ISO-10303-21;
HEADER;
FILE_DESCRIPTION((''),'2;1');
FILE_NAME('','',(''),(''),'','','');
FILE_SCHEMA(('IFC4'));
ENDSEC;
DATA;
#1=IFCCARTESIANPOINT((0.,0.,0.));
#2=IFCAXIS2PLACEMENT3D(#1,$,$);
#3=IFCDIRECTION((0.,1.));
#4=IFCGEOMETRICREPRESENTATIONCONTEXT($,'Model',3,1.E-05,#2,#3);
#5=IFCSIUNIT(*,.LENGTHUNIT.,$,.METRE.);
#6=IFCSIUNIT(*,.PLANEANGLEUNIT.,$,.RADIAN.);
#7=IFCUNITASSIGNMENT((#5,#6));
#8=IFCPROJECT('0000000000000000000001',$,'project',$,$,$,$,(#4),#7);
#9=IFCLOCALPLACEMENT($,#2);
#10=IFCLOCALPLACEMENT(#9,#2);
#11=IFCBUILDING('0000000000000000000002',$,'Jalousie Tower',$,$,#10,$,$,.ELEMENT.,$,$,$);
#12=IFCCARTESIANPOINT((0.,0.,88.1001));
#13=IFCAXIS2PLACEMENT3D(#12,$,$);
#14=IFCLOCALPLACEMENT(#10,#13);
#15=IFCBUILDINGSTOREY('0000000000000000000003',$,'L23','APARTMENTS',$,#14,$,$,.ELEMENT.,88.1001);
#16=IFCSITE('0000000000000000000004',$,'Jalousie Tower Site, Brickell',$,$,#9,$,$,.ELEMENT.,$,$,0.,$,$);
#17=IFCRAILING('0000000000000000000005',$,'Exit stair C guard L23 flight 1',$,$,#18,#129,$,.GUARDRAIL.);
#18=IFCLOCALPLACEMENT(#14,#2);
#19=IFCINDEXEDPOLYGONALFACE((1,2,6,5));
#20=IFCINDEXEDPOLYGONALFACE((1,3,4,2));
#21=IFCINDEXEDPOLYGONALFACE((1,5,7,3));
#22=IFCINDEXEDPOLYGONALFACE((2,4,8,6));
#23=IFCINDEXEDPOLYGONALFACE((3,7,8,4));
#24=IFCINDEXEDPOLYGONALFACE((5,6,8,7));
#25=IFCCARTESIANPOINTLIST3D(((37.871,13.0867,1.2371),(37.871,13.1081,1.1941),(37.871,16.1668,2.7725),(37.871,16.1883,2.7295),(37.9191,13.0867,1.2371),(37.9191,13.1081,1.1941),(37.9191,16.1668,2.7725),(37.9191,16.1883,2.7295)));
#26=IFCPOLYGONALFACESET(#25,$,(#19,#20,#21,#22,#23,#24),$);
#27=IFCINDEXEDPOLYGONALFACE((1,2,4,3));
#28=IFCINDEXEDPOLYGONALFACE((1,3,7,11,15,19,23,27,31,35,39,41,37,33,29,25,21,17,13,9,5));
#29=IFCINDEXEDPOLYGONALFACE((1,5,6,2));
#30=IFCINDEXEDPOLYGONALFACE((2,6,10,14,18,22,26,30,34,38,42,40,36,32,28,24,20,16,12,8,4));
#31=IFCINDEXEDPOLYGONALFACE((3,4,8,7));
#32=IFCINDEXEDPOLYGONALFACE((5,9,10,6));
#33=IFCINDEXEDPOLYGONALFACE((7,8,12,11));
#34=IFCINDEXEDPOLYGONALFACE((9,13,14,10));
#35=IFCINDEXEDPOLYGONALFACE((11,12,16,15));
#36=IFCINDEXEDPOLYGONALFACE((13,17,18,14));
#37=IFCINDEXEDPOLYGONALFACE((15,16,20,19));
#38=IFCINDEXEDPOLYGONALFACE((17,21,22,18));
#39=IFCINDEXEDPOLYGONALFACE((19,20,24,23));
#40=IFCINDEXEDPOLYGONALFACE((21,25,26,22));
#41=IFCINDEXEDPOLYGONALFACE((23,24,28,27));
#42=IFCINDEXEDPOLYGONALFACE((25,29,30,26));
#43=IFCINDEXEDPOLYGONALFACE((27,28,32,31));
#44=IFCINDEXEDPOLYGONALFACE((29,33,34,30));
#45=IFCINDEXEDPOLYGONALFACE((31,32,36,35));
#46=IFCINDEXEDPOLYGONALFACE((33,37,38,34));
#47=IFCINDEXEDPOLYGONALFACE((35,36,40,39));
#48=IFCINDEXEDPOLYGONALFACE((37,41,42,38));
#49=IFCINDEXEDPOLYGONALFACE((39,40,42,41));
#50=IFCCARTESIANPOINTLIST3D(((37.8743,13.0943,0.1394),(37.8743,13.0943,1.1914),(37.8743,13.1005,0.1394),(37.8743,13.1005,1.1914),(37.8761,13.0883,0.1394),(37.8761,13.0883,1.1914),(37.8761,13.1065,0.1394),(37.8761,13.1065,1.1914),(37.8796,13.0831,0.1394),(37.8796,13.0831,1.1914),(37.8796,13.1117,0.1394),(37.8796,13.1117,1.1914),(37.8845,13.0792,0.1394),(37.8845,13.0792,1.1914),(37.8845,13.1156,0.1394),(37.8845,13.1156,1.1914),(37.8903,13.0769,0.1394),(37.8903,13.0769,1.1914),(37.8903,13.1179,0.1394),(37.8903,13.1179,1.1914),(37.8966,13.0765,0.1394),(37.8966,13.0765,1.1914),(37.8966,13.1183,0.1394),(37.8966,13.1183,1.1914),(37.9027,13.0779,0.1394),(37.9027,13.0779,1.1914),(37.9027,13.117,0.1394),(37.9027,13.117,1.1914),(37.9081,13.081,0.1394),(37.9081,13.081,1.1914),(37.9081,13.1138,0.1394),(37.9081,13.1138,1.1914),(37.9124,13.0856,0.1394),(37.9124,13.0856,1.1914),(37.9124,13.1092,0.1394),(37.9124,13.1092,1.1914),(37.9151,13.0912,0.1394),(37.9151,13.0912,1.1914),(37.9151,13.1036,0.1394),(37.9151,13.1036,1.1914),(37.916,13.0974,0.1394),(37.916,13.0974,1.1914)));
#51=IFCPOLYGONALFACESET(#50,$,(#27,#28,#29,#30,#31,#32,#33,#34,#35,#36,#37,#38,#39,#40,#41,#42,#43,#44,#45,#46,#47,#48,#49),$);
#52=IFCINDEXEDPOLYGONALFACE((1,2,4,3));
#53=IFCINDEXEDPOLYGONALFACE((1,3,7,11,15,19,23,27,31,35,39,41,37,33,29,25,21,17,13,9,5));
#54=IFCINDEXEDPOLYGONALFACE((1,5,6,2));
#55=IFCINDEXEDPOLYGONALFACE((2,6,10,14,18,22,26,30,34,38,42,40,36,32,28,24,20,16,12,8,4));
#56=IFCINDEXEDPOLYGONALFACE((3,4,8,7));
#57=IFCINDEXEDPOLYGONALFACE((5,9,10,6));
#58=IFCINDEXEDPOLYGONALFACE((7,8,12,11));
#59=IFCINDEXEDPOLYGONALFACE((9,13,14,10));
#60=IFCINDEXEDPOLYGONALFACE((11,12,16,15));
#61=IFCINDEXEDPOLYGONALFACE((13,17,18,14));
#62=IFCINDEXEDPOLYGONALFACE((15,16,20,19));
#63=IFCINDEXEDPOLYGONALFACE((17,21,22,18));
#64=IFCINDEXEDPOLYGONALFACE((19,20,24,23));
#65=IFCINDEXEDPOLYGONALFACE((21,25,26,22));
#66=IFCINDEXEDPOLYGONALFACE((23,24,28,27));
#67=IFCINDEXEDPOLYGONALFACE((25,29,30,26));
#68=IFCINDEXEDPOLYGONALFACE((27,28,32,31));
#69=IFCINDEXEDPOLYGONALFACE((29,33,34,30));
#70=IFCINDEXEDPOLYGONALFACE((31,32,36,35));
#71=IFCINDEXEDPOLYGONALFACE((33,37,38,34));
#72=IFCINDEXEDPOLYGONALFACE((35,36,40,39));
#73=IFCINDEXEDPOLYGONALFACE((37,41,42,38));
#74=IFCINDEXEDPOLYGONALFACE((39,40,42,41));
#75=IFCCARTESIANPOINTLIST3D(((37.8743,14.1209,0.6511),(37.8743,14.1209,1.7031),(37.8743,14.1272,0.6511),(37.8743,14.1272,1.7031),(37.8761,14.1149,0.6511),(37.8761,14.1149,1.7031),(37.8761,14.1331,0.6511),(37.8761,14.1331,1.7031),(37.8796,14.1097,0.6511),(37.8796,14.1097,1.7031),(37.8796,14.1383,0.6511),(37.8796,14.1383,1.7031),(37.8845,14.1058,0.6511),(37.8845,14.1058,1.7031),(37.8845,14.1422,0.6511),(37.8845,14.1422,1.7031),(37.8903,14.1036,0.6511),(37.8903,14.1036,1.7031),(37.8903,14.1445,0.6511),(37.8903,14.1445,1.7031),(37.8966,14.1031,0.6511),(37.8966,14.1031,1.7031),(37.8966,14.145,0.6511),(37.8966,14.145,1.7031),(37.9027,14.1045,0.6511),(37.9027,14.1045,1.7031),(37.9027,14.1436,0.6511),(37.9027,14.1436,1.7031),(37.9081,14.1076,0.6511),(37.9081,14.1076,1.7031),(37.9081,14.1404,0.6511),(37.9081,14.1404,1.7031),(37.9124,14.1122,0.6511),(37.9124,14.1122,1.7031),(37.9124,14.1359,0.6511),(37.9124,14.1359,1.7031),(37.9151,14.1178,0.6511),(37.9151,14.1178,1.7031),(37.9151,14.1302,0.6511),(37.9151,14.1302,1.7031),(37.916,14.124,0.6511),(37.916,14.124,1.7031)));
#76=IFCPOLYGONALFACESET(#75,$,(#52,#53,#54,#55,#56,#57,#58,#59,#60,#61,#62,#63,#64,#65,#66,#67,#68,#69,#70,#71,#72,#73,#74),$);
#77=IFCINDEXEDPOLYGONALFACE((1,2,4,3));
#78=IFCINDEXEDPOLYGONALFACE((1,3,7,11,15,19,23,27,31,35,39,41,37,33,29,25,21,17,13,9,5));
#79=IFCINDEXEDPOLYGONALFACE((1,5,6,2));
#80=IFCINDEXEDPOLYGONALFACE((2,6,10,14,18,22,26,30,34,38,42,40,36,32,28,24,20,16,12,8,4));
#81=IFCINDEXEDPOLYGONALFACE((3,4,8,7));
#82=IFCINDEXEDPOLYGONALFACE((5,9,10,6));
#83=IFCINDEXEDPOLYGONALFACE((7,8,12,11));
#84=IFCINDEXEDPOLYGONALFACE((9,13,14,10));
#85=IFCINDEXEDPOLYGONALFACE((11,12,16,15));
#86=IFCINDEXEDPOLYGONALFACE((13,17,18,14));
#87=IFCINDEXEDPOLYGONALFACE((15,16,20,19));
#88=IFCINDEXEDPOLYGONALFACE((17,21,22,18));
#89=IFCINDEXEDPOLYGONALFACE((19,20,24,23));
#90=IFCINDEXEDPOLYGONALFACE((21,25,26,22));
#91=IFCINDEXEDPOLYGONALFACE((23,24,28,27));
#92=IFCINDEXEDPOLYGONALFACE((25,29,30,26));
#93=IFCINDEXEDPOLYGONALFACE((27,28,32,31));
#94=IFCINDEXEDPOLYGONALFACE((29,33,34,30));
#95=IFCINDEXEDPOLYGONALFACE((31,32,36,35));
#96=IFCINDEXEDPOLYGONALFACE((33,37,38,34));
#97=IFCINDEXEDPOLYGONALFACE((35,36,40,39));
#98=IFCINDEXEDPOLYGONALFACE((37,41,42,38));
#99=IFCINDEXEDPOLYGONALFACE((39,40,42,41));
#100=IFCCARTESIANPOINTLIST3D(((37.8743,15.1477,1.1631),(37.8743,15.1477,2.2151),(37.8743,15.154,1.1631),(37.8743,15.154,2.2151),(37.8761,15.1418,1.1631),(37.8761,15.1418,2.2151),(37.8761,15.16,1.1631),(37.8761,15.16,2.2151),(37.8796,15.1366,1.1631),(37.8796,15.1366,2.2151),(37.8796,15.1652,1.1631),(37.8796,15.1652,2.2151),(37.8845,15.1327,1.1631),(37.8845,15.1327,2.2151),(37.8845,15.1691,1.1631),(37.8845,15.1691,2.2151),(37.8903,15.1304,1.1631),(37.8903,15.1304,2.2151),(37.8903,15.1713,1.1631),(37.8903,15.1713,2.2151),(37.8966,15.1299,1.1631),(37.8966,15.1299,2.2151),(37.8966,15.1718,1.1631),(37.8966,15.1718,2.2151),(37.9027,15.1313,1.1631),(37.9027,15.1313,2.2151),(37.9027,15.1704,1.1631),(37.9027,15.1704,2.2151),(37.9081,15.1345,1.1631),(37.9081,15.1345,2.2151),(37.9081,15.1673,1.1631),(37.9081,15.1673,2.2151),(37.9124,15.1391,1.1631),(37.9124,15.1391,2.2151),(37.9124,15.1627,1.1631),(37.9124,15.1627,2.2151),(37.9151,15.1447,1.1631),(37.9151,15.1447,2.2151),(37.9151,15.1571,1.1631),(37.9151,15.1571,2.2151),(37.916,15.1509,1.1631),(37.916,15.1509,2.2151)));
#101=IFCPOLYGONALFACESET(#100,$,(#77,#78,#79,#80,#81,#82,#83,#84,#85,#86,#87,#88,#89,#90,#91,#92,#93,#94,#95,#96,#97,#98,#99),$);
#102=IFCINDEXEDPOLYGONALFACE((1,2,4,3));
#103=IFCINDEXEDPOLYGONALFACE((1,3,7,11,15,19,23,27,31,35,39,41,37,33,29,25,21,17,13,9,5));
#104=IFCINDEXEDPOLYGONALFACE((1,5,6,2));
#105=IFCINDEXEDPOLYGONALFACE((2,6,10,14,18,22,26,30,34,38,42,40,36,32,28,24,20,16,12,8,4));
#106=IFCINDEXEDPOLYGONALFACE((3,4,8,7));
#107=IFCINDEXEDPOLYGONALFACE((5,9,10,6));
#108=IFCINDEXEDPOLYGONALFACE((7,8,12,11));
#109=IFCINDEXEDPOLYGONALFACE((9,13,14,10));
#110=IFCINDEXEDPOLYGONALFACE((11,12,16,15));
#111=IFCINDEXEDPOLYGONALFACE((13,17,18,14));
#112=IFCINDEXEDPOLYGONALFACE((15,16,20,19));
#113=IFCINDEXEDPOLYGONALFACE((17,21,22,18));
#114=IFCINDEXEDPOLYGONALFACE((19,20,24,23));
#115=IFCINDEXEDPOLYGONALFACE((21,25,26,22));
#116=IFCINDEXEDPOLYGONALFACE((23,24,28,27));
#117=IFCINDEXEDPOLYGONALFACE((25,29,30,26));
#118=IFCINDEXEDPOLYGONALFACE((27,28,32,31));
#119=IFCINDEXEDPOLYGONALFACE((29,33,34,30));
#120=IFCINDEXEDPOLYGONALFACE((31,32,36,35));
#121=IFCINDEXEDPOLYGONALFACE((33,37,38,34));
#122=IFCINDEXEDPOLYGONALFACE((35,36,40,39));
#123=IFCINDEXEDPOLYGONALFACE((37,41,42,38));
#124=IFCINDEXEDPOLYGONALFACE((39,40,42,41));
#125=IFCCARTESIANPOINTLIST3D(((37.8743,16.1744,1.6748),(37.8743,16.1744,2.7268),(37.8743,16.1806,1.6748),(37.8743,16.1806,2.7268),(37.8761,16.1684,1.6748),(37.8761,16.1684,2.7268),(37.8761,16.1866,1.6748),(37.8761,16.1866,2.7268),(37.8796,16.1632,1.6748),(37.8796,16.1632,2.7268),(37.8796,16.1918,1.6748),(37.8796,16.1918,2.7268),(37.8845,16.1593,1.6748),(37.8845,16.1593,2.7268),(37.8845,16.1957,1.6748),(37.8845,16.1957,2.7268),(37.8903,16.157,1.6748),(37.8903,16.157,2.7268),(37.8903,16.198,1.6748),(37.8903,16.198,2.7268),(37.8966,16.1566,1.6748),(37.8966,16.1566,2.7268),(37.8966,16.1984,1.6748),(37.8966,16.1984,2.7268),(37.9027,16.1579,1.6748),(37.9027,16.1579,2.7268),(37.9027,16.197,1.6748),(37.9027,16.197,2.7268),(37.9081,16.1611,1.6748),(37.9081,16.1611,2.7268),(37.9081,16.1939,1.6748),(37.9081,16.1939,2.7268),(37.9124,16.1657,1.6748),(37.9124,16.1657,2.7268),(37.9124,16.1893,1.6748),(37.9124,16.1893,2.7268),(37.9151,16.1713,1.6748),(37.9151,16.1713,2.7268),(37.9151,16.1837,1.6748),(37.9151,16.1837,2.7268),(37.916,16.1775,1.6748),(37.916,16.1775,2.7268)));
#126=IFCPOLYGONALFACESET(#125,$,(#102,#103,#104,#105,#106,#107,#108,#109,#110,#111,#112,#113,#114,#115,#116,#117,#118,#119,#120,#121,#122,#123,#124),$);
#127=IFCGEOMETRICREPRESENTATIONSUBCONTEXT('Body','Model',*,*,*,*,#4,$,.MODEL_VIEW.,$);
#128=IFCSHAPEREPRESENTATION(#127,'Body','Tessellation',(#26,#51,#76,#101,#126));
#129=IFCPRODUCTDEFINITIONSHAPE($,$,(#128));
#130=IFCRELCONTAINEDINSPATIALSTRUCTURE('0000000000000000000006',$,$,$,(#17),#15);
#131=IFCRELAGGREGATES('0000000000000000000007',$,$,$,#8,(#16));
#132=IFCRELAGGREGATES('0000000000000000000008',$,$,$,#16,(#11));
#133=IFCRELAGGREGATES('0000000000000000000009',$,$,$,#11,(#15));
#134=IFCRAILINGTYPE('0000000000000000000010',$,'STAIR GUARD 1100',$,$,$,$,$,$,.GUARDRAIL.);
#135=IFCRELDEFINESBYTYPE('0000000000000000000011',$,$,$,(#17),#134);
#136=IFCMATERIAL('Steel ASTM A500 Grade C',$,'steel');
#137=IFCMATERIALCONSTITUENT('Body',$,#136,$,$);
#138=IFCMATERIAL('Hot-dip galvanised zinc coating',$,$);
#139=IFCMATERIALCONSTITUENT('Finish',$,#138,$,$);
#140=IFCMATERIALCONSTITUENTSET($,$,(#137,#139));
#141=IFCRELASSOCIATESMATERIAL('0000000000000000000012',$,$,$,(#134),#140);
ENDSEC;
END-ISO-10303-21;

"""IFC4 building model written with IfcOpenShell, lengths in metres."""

from ifc_helpers import new_model, si_unit, direction, frame, origin, origin_2d, place, context, subcontext, project, spatial, rectangle, circle, extrude, material, constituent, constituent_set, type_object, element, save


model = new_model("IFC4")

# Units and contexts
model_context = context("Model", 3, precision=1e-05, world=origin(), true_north=direction((0.0, 1.0)))
body_context = subcontext(model_context, "Body", "Model", "MODEL_VIEW")
ifc_project = project(units=[si_unit("LENGTHUNIT", "METRE"), si_unit("PLANEANGLEUNIT", "RADIAN")], contexts=[model_context])

# Site, building, storey
site_placement = place(None, origin())
site = spatial("IfcSite", under=ifc_project, at=site_placement, Name="Jalousie Tower Site, Brickell", CompositionType="ELEMENT", RefElevation=0.0)
building_placement = place(site_placement, origin())
building = spatial("IfcBuilding", under=site, at=building_placement, Name="Jalousie Tower", CompositionType="ELEMENT")
storey_placement = place(building_placement, frame((0.0, 0.0, 88.1001)))
storey = spatial("IfcBuildingStorey", under=building, at=storey_placement, Name="L23", Description="APARTMENTS", CompositionType="ELEMENT", Elevation=88.1001)

# Railing
ifc_material_1 = material(Name="Steel ASTM A500 Grade C", Category="steel")
ifc_constituent_1 = constituent(ifc_material_1, Name="Body")
ifc_material_2 = material(Name="Hot-dip galvanised zinc coating")
ifc_constituent_2 = constituent(ifc_material_2, Name="Finish")
ifc_constituent_set_1 = constituent_set(constituents=[ifc_constituent_1, ifc_constituent_2])
railing_type_1 = type_object("IfcRailingType", Name="STAIR GUARD 1100", PredefinedType="GUARDRAIL", material=ifc_constituent_set_1)
railing_1_placement = place(storey_placement, frame((37.895, 13.0974, 0.1394)))
element("IfcRailing", 1, at=railing_1_placement, inside=storey, type_object=railing_type_1, Name="Exit stair C guard L23 flight 1", PredefinedType="GUARDRAIL", context=body_context, shape_type="SweptSolid", body=[
    extrude(rectangle(XDim=0.0481, YDim=0.0481, at=origin_2d()), frame((0.0, 0.0, 1.0762), z_axis=(0.0, 0.894966, 0.446135), x_axis=(-1.0, 0.0, 0.0)), (0.0, 0.0, 1.0), 3.4417),
    extrude(circle(Radius=0.021, at=origin_2d()), origin(), (0.0, 0.0, 1.0), 1.052),
    extrude(circle(Radius=0.021, at=origin_2d()), frame((0.0, 1.0266, 0.5117)), (0.0, 0.0, 1.0), 1.052),
    extrude(circle(Radius=0.021, at=origin_2d()), frame((0.0, 2.0535, 1.0237)), (0.0, 0.0, 1.0), 1.052),
    extrude(circle(Radius=0.021, at=origin_2d()), frame((0.0, 3.0801, 1.5354)), (0.0, 0.0, 1.0), 1.052),
])

save(model, "model.ifc")
